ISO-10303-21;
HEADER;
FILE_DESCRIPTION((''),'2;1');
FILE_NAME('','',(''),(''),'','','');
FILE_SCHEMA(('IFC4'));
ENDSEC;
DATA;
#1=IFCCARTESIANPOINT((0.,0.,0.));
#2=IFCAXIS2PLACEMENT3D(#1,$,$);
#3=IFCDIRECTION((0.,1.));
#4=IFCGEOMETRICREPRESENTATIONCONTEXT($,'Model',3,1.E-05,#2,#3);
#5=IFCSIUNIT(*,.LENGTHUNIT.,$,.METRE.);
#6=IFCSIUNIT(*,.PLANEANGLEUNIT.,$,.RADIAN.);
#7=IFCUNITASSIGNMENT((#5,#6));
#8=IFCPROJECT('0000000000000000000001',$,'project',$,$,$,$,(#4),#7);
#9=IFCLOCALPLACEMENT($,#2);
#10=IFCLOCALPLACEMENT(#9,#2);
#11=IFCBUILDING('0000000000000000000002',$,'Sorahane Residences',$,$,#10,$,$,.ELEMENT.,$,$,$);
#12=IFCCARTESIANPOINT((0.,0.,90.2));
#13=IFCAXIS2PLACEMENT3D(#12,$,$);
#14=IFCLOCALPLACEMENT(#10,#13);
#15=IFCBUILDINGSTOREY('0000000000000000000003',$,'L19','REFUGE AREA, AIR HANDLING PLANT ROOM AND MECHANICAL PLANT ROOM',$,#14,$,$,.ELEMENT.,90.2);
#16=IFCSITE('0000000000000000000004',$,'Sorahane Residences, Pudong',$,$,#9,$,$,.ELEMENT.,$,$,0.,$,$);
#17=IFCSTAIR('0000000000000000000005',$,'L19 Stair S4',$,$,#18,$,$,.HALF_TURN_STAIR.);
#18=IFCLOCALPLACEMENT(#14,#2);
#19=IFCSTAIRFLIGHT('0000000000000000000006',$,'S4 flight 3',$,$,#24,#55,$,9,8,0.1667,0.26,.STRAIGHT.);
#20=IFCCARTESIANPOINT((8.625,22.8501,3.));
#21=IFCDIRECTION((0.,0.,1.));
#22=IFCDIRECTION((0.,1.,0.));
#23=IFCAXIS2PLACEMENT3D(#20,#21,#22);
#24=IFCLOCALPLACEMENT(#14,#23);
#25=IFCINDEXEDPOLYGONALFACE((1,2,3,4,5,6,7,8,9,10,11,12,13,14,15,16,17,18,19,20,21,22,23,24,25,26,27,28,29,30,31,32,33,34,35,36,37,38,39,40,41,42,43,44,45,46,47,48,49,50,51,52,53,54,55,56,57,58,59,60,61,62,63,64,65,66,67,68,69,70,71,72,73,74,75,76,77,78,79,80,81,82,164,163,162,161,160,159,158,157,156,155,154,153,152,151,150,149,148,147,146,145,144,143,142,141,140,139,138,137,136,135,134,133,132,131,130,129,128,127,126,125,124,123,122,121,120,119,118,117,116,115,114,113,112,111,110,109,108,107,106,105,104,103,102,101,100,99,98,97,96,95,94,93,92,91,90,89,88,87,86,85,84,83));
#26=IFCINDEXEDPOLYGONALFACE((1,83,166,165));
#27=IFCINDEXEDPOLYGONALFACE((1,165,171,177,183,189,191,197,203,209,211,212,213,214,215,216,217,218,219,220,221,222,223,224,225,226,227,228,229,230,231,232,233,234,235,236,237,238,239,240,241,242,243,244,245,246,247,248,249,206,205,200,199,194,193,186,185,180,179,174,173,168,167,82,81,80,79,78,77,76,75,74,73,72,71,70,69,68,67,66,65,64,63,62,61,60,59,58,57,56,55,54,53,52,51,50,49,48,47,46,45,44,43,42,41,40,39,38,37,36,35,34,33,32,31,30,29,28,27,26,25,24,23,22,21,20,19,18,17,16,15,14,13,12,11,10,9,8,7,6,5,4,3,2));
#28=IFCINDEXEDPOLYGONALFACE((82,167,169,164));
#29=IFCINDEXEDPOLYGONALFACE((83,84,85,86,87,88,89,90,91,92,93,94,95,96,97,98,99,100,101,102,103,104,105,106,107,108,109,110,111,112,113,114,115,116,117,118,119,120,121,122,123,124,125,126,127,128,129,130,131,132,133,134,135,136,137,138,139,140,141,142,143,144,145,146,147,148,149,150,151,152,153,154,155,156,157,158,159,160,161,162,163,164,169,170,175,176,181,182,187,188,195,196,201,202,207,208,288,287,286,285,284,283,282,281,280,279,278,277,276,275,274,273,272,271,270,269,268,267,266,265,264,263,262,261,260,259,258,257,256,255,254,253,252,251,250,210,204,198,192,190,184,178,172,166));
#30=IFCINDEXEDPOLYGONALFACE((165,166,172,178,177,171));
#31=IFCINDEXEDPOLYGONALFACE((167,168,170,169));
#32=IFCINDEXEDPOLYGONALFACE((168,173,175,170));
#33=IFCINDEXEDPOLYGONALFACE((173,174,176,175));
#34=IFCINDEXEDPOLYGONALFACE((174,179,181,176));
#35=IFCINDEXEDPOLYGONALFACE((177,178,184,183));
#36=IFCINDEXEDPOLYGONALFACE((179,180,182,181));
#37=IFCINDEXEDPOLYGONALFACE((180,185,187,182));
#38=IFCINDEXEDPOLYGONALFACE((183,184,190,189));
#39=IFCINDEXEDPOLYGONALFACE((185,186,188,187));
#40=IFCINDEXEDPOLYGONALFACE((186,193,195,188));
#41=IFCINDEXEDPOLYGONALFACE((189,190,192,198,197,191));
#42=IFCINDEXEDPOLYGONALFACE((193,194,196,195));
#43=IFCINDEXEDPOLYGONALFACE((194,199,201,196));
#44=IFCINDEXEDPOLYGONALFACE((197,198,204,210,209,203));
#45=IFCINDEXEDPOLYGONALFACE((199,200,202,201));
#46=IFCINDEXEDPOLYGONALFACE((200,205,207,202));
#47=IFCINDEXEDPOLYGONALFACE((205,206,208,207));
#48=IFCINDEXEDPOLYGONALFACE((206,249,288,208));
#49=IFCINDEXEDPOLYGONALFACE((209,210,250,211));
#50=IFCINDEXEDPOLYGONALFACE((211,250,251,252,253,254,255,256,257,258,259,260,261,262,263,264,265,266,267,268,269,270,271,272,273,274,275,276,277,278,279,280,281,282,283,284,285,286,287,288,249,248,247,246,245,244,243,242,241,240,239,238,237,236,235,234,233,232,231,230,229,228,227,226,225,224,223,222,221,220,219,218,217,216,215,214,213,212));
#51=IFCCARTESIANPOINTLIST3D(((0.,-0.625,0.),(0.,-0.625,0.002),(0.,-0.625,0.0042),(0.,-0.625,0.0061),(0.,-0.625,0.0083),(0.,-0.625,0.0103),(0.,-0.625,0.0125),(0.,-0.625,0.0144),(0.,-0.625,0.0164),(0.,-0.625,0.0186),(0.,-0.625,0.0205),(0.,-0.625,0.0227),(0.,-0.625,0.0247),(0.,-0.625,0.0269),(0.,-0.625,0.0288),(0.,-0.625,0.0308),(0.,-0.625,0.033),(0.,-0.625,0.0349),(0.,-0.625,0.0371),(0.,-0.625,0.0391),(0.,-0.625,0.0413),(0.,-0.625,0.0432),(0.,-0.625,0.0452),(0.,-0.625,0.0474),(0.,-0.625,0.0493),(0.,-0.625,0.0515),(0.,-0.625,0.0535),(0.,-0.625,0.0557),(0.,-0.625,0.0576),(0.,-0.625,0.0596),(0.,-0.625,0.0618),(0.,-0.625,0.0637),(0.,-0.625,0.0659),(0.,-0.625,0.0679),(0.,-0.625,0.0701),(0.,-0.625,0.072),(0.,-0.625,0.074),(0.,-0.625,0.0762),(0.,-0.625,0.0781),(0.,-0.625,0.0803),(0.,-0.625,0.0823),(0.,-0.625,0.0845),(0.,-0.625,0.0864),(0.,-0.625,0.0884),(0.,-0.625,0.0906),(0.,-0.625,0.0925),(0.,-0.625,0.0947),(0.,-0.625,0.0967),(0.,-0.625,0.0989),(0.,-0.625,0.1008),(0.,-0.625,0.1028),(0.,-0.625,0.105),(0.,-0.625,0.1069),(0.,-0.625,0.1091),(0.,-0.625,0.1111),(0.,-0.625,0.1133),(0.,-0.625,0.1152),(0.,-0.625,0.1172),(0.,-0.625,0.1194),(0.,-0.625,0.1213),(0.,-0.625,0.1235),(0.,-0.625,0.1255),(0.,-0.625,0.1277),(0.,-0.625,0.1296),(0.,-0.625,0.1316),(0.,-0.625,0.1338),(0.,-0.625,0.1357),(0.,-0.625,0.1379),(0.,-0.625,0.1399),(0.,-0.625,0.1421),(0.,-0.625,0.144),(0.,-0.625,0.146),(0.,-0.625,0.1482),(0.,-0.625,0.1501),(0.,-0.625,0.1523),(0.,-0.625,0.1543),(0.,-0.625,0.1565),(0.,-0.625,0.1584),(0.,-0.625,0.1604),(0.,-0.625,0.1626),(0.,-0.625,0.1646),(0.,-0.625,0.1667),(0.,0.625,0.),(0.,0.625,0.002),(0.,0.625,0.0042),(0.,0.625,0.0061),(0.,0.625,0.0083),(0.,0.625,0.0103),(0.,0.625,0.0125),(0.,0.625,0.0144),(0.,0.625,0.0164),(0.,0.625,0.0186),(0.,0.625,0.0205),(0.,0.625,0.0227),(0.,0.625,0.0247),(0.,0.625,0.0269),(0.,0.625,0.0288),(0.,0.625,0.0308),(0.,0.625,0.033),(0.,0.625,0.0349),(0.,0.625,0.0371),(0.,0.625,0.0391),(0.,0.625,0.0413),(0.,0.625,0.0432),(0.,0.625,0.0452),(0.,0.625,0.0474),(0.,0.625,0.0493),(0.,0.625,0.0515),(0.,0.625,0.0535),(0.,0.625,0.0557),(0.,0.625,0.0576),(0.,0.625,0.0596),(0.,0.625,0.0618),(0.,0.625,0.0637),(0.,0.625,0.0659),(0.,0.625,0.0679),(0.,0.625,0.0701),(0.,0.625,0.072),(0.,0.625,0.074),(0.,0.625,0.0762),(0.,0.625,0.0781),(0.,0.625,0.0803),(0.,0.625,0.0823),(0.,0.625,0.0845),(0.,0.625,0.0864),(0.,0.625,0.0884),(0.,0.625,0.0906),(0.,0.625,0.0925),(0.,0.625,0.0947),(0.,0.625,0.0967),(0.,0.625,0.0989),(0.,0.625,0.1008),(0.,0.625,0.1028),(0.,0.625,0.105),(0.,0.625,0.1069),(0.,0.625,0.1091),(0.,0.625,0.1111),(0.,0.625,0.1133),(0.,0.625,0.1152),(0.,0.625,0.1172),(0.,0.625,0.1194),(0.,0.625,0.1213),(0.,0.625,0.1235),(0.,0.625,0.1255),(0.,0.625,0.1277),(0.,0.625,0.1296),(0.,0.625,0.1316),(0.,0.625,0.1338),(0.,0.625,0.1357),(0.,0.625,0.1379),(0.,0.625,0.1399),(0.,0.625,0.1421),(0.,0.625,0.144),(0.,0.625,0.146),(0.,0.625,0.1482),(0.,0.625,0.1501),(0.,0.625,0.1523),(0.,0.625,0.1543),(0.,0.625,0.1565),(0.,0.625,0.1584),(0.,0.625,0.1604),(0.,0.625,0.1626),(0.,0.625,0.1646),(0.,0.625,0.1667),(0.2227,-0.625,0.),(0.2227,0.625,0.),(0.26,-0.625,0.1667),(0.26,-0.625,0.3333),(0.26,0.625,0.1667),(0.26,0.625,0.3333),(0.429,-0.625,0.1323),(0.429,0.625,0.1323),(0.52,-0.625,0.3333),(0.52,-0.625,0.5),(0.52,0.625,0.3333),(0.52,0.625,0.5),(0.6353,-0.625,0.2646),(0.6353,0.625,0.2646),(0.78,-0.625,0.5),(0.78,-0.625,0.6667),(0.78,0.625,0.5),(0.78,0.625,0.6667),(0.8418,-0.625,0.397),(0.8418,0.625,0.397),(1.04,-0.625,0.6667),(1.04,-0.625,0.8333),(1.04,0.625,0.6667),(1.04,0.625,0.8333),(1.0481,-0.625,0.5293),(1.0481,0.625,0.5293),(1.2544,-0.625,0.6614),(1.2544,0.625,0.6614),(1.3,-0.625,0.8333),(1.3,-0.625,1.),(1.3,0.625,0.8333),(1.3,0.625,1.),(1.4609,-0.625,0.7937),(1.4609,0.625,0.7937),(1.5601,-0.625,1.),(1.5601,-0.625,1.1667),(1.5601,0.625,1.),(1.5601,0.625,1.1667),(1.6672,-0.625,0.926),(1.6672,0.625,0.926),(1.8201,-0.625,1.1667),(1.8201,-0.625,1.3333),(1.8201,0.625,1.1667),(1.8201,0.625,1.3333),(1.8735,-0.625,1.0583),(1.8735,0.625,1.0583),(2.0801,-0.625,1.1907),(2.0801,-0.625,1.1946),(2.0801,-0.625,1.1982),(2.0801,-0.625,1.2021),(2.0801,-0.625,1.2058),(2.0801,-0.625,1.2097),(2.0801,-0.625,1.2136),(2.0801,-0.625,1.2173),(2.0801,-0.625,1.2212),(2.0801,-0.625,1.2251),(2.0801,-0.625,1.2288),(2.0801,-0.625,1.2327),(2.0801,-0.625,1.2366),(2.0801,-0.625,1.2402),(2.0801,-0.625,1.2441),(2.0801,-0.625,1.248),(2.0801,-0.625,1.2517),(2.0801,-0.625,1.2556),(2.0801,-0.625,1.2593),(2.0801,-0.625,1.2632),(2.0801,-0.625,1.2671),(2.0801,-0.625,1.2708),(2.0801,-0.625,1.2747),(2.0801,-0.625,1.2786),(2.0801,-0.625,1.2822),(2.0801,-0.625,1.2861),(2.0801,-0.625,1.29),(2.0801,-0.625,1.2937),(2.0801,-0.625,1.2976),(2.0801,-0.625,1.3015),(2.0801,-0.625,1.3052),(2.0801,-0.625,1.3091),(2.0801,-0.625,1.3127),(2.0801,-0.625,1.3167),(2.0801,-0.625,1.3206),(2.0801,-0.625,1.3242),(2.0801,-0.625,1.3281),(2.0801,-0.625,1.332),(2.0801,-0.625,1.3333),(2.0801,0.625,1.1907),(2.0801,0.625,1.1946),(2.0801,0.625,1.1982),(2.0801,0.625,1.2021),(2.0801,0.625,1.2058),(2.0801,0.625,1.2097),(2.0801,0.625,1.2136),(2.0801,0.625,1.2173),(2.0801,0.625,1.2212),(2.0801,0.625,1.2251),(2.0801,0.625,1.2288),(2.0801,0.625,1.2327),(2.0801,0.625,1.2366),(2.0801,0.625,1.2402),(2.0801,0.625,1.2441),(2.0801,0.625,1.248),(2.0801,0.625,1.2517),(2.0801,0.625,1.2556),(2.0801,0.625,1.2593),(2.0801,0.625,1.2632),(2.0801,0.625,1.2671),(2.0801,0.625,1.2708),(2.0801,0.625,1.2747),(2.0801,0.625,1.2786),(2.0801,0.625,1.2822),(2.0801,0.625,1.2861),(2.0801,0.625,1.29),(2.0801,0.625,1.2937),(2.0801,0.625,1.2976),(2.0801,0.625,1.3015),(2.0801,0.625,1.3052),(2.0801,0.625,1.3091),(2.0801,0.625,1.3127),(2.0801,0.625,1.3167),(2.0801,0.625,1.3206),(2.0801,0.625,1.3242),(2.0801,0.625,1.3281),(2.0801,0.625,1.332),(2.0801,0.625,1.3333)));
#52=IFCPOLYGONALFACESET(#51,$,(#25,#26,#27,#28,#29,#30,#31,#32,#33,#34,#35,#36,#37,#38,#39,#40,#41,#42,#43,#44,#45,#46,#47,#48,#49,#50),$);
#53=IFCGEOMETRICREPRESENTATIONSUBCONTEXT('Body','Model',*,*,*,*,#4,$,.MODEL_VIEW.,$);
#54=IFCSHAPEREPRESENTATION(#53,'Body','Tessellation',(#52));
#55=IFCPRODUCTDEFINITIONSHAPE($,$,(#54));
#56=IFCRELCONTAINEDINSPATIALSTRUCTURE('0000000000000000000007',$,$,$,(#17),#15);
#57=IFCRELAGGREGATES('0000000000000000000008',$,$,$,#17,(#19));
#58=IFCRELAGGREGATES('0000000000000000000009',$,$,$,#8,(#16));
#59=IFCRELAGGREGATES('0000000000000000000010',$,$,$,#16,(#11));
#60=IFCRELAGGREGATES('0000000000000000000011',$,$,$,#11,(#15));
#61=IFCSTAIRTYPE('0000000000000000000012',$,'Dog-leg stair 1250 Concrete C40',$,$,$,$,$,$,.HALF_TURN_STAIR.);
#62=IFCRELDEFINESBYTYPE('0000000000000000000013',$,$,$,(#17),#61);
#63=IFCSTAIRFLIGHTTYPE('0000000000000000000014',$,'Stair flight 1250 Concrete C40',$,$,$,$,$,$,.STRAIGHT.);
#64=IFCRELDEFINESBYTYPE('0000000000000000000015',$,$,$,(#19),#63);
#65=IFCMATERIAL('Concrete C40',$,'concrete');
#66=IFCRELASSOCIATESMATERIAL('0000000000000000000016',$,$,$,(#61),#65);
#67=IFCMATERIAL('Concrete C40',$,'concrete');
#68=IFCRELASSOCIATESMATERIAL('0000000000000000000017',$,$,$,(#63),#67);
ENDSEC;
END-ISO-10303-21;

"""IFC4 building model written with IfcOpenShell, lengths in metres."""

from ifc_helpers import new_model, si_unit, direction, frame, origin, place, context, subcontext, project, spatial, polyline, outline, extrude, material, type_object, element, aggregate, save


model = new_model("IFC4")

# Units and contexts
model_context = context("Model", 3, precision=1e-05, world=origin(), true_north=direction((0.0, 1.0)))
body_context = subcontext(model_context, "Body", "Model", "MODEL_VIEW")
ifc_project = project(units=[si_unit("LENGTHUNIT", "METRE"), si_unit("PLANEANGLEUNIT", "RADIAN")], contexts=[model_context])

# Site, building, storey
site_placement = place(None, origin())
site = spatial("IfcSite", under=ifc_project, at=site_placement, Name="Sorahane Residences, Pudong", CompositionType="ELEMENT", RefElevation=0.0)
building_placement = place(site_placement, origin())
building = spatial("IfcBuilding", under=site, at=building_placement, Name="Sorahane Residences", CompositionType="ELEMENT")
storey_placement = place(building_placement, frame((0.0, 0.0, 90.2)))
storey = spatial("IfcBuildingStorey", under=building, at=storey_placement, Name="L19", Description="REFUGE AREA, AIR HANDLING PLANT ROOM AND MECHANICAL PLANT ROOM", CompositionType="ELEMENT", Elevation=90.2)

# Shared definitions
ifc_material_1 = material(Name="Concrete C40", Category="concrete")
stair_type = type_object("IfcStairType", Name="Dog-leg stair 1250 Concrete C40", PredefinedType="HALF_TURN_STAIR", material=ifc_material_1)
ifc_material_2 = material(Name="Concrete C40", Category="concrete")
stair_flight_type = type_object("IfcStairFlightType", Name="Stair flight 1250 Concrete C40", PredefinedType="STRAIGHT", material=ifc_material_2)

# Stair, stair flight
stair_1_placement = place(storey_placement, origin())
stair_1 = element("IfcStair", 1, at=stair_1_placement, inside=storey, type_object=stair_type, Name="L19 Stair S4", PredefinedType="HALF_TURN_STAIR")
stair_flight_1_placement = place(storey_placement, frame((8.625, 22.8501, 3.0), z_axis=(0.0, 0.0, 1.0), x_axis=(0.0, 1.0, 0.0)))
stair_flight_1 = element("IfcStairFlight", 2, at=stair_flight_1_placement, type_object=stair_flight_type, Name="S4 flight 3", NumberOfRisers=9, NumberOfTreads=8, PredefinedType="STRAIGHT", RiserHeight=0.1667, TreadLength=0.26, context=body_context, shape_type="SweptSolid", body=[
    extrude(outline(polyline([(0.0, 0.0), (0.0, 0.002), (0.0, 0.0042), (0.0, 0.0061), (0.0, 0.0083), (0.0, 0.0103), (0.0, 0.0125), (0.0, 0.0144), (0.0, 0.0164), (0.0, 0.0186), (0.0, 0.0205), (0.0, 0.0227), (0.0, 0.0247), (0.0, 0.0269), (0.0, 0.0288), (0.0, 0.0308), (0.0, 0.033), (0.0, 0.0349), (0.0, 0.0371), (0.0, 0.0391), (0.0, 0.0413), (0.0, 0.0432), (0.0, 0.0452), (0.0, 0.0474), (0.0, 0.0493), (0.0, 0.0515), (0.0, 0.0535), (0.0, 0.0557), (0.0, 0.0576), (0.0, 0.0596), (0.0, 0.0618), (0.0, 0.0637), (0.0, 0.0659), (0.0, 0.0679), (0.0, 0.0701), (0.0, 0.072), (0.0, 0.074), (0.0, 0.0762), (0.0, 0.0781), (0.0, 0.0803), (0.0, 0.0823), (0.0, 0.0845), (0.0, 0.0864), (0.0, 0.0884), (0.0, 0.0906), (0.0, 0.0925), (0.0, 0.0947), (0.0, 0.0967), (0.0, 0.0989), (0.0, 0.1008), (0.0, 0.1028), (0.0, 0.105), (0.0, 0.1069), (0.0, 0.1091), (0.0, 0.1111), (0.0, 0.1133), (0.0, 0.1152), (0.0, 0.1172), (0.0, 0.1194), (0.0, 0.1213), (0.0, 0.1235), (0.0, 0.1255), (0.0, 0.1277), (0.0, 0.1296), (0.0, 0.1316), (0.0, 0.1338), (0.0, 0.1357), (0.0, 0.1379), (0.0, 0.1399), (0.0, 0.1421), (0.0, 0.144), (0.0, 0.146), (0.0, 0.1482), (0.0, 0.1501), (0.0, 0.1523), (0.0, 0.1543), (0.0, 0.1565), (0.0, 0.1584), (0.0, 0.1604), (0.0, 0.1626), (0.0, 0.1646), (0.0, 0.1667), (0.26, 0.1667), (0.26, 0.3333), (0.52, 0.3333), (0.52, 0.5), (0.78, 0.5), (0.78, 0.6667), (1.04, 0.6667), (1.04, 0.8333), (1.3, 0.8333), (1.3, 1.0), (1.5601, 1.0), (1.5601, 1.1667), (1.8201, 1.1667), (1.8201, 1.3333), (2.0801, 1.3333), (2.0801, 1.5), (2.0801, 1.4961), (2.0801, 1.4924), (2.0801, 1.4885), (2.0801, 1.4846), (2.0801, 1.481), (2.0801, 1.4771), (2.0801, 1.4731), (2.0801, 1.4695), (2.0801, 1.4656), (2.0801, 1.4619), (2.0801, 1.458), (2.0801, 1.4541), (2.0801, 1.4504), (2.0801, 1.4465), (2.0801, 1.4426), (2.0801, 1.439), (2.0801, 1.4351), (2.0801, 1.4312), (2.0801, 1.4275), (2.0801, 1.4236), (2.0801, 1.4197), (2.0801, 1.416), (2.0801, 1.4121), (2.0801, 1.4084), (2.0801, 1.4045), (2.0801, 1.4006), (2.0801, 1.397), (2.0801, 1.3931), (2.0801, 1.3892), (2.0801, 1.3855), (2.0801, 1.3816), (2.0801, 1.3777), (2.0801, 1.374), (2.0801, 1.3701), (2.0801, 1.3662), (2.0801, 1.3625), (2.0801, 1.3586), (2.0801, 1.355), (2.0801, 1.3511), (2.0801, 1.3472), (2.0801, 1.3435), (2.0801, 1.3396), (2.0801, 1.3357), (2.0801, 1.332), (2.0801, 1.3281), (2.0801, 1.3242), (2.0801, 1.3206), (2.0801, 1.3167), (2.0801, 1.3127), (2.0801, 1.3091), (2.0801, 1.3052), (2.0801, 1.3015), (2.0801, 1.2976), (2.0801, 1.2937), (2.0801, 1.29), (2.0801, 1.2861), (2.0801, 1.2822), (2.0801, 1.2786), (2.0801, 1.2747), (2.0801, 1.2708), (2.0801, 1.2671), (2.0801, 1.2632), (2.0801, 1.2593), (2.0801, 1.2556), (2.0801, 1.2517), (2.0801, 1.248), (2.0801, 1.2441), (2.0801, 1.2402), (2.0801, 1.2366), (2.0801, 1.2327), (2.0801, 1.2288), (2.0801, 1.2251), (2.0801, 1.2212), (2.0801, 1.2173), (2.0801, 1.2136), (2.0801, 1.2097), (2.0801, 1.2058), (2.0801, 1.2021), (2.0801, 1.1982), (2.0801, 1.1946), (2.0801, 1.1907), (1.8735, 1.0583), (1.6672, 0.926), (1.4609, 0.7937), (1.2544, 0.6614), (1.0481, 0.5293), (0.8418, 0.397), (0.6353, 0.2646), (0.429, 0.1323), (0.2227, 0.0), (0.0, 0.0)])), frame((0.0, 0.625, 0.0), z_axis=(0.0, -1.0, 0.0), x_axis=(1.0, 0.0, 0.0)), (0.0, 0.0, 1.0), 1.25),
])
aggregate(stair_1, [stair_flight_1])

save(model, "model.ifc")
